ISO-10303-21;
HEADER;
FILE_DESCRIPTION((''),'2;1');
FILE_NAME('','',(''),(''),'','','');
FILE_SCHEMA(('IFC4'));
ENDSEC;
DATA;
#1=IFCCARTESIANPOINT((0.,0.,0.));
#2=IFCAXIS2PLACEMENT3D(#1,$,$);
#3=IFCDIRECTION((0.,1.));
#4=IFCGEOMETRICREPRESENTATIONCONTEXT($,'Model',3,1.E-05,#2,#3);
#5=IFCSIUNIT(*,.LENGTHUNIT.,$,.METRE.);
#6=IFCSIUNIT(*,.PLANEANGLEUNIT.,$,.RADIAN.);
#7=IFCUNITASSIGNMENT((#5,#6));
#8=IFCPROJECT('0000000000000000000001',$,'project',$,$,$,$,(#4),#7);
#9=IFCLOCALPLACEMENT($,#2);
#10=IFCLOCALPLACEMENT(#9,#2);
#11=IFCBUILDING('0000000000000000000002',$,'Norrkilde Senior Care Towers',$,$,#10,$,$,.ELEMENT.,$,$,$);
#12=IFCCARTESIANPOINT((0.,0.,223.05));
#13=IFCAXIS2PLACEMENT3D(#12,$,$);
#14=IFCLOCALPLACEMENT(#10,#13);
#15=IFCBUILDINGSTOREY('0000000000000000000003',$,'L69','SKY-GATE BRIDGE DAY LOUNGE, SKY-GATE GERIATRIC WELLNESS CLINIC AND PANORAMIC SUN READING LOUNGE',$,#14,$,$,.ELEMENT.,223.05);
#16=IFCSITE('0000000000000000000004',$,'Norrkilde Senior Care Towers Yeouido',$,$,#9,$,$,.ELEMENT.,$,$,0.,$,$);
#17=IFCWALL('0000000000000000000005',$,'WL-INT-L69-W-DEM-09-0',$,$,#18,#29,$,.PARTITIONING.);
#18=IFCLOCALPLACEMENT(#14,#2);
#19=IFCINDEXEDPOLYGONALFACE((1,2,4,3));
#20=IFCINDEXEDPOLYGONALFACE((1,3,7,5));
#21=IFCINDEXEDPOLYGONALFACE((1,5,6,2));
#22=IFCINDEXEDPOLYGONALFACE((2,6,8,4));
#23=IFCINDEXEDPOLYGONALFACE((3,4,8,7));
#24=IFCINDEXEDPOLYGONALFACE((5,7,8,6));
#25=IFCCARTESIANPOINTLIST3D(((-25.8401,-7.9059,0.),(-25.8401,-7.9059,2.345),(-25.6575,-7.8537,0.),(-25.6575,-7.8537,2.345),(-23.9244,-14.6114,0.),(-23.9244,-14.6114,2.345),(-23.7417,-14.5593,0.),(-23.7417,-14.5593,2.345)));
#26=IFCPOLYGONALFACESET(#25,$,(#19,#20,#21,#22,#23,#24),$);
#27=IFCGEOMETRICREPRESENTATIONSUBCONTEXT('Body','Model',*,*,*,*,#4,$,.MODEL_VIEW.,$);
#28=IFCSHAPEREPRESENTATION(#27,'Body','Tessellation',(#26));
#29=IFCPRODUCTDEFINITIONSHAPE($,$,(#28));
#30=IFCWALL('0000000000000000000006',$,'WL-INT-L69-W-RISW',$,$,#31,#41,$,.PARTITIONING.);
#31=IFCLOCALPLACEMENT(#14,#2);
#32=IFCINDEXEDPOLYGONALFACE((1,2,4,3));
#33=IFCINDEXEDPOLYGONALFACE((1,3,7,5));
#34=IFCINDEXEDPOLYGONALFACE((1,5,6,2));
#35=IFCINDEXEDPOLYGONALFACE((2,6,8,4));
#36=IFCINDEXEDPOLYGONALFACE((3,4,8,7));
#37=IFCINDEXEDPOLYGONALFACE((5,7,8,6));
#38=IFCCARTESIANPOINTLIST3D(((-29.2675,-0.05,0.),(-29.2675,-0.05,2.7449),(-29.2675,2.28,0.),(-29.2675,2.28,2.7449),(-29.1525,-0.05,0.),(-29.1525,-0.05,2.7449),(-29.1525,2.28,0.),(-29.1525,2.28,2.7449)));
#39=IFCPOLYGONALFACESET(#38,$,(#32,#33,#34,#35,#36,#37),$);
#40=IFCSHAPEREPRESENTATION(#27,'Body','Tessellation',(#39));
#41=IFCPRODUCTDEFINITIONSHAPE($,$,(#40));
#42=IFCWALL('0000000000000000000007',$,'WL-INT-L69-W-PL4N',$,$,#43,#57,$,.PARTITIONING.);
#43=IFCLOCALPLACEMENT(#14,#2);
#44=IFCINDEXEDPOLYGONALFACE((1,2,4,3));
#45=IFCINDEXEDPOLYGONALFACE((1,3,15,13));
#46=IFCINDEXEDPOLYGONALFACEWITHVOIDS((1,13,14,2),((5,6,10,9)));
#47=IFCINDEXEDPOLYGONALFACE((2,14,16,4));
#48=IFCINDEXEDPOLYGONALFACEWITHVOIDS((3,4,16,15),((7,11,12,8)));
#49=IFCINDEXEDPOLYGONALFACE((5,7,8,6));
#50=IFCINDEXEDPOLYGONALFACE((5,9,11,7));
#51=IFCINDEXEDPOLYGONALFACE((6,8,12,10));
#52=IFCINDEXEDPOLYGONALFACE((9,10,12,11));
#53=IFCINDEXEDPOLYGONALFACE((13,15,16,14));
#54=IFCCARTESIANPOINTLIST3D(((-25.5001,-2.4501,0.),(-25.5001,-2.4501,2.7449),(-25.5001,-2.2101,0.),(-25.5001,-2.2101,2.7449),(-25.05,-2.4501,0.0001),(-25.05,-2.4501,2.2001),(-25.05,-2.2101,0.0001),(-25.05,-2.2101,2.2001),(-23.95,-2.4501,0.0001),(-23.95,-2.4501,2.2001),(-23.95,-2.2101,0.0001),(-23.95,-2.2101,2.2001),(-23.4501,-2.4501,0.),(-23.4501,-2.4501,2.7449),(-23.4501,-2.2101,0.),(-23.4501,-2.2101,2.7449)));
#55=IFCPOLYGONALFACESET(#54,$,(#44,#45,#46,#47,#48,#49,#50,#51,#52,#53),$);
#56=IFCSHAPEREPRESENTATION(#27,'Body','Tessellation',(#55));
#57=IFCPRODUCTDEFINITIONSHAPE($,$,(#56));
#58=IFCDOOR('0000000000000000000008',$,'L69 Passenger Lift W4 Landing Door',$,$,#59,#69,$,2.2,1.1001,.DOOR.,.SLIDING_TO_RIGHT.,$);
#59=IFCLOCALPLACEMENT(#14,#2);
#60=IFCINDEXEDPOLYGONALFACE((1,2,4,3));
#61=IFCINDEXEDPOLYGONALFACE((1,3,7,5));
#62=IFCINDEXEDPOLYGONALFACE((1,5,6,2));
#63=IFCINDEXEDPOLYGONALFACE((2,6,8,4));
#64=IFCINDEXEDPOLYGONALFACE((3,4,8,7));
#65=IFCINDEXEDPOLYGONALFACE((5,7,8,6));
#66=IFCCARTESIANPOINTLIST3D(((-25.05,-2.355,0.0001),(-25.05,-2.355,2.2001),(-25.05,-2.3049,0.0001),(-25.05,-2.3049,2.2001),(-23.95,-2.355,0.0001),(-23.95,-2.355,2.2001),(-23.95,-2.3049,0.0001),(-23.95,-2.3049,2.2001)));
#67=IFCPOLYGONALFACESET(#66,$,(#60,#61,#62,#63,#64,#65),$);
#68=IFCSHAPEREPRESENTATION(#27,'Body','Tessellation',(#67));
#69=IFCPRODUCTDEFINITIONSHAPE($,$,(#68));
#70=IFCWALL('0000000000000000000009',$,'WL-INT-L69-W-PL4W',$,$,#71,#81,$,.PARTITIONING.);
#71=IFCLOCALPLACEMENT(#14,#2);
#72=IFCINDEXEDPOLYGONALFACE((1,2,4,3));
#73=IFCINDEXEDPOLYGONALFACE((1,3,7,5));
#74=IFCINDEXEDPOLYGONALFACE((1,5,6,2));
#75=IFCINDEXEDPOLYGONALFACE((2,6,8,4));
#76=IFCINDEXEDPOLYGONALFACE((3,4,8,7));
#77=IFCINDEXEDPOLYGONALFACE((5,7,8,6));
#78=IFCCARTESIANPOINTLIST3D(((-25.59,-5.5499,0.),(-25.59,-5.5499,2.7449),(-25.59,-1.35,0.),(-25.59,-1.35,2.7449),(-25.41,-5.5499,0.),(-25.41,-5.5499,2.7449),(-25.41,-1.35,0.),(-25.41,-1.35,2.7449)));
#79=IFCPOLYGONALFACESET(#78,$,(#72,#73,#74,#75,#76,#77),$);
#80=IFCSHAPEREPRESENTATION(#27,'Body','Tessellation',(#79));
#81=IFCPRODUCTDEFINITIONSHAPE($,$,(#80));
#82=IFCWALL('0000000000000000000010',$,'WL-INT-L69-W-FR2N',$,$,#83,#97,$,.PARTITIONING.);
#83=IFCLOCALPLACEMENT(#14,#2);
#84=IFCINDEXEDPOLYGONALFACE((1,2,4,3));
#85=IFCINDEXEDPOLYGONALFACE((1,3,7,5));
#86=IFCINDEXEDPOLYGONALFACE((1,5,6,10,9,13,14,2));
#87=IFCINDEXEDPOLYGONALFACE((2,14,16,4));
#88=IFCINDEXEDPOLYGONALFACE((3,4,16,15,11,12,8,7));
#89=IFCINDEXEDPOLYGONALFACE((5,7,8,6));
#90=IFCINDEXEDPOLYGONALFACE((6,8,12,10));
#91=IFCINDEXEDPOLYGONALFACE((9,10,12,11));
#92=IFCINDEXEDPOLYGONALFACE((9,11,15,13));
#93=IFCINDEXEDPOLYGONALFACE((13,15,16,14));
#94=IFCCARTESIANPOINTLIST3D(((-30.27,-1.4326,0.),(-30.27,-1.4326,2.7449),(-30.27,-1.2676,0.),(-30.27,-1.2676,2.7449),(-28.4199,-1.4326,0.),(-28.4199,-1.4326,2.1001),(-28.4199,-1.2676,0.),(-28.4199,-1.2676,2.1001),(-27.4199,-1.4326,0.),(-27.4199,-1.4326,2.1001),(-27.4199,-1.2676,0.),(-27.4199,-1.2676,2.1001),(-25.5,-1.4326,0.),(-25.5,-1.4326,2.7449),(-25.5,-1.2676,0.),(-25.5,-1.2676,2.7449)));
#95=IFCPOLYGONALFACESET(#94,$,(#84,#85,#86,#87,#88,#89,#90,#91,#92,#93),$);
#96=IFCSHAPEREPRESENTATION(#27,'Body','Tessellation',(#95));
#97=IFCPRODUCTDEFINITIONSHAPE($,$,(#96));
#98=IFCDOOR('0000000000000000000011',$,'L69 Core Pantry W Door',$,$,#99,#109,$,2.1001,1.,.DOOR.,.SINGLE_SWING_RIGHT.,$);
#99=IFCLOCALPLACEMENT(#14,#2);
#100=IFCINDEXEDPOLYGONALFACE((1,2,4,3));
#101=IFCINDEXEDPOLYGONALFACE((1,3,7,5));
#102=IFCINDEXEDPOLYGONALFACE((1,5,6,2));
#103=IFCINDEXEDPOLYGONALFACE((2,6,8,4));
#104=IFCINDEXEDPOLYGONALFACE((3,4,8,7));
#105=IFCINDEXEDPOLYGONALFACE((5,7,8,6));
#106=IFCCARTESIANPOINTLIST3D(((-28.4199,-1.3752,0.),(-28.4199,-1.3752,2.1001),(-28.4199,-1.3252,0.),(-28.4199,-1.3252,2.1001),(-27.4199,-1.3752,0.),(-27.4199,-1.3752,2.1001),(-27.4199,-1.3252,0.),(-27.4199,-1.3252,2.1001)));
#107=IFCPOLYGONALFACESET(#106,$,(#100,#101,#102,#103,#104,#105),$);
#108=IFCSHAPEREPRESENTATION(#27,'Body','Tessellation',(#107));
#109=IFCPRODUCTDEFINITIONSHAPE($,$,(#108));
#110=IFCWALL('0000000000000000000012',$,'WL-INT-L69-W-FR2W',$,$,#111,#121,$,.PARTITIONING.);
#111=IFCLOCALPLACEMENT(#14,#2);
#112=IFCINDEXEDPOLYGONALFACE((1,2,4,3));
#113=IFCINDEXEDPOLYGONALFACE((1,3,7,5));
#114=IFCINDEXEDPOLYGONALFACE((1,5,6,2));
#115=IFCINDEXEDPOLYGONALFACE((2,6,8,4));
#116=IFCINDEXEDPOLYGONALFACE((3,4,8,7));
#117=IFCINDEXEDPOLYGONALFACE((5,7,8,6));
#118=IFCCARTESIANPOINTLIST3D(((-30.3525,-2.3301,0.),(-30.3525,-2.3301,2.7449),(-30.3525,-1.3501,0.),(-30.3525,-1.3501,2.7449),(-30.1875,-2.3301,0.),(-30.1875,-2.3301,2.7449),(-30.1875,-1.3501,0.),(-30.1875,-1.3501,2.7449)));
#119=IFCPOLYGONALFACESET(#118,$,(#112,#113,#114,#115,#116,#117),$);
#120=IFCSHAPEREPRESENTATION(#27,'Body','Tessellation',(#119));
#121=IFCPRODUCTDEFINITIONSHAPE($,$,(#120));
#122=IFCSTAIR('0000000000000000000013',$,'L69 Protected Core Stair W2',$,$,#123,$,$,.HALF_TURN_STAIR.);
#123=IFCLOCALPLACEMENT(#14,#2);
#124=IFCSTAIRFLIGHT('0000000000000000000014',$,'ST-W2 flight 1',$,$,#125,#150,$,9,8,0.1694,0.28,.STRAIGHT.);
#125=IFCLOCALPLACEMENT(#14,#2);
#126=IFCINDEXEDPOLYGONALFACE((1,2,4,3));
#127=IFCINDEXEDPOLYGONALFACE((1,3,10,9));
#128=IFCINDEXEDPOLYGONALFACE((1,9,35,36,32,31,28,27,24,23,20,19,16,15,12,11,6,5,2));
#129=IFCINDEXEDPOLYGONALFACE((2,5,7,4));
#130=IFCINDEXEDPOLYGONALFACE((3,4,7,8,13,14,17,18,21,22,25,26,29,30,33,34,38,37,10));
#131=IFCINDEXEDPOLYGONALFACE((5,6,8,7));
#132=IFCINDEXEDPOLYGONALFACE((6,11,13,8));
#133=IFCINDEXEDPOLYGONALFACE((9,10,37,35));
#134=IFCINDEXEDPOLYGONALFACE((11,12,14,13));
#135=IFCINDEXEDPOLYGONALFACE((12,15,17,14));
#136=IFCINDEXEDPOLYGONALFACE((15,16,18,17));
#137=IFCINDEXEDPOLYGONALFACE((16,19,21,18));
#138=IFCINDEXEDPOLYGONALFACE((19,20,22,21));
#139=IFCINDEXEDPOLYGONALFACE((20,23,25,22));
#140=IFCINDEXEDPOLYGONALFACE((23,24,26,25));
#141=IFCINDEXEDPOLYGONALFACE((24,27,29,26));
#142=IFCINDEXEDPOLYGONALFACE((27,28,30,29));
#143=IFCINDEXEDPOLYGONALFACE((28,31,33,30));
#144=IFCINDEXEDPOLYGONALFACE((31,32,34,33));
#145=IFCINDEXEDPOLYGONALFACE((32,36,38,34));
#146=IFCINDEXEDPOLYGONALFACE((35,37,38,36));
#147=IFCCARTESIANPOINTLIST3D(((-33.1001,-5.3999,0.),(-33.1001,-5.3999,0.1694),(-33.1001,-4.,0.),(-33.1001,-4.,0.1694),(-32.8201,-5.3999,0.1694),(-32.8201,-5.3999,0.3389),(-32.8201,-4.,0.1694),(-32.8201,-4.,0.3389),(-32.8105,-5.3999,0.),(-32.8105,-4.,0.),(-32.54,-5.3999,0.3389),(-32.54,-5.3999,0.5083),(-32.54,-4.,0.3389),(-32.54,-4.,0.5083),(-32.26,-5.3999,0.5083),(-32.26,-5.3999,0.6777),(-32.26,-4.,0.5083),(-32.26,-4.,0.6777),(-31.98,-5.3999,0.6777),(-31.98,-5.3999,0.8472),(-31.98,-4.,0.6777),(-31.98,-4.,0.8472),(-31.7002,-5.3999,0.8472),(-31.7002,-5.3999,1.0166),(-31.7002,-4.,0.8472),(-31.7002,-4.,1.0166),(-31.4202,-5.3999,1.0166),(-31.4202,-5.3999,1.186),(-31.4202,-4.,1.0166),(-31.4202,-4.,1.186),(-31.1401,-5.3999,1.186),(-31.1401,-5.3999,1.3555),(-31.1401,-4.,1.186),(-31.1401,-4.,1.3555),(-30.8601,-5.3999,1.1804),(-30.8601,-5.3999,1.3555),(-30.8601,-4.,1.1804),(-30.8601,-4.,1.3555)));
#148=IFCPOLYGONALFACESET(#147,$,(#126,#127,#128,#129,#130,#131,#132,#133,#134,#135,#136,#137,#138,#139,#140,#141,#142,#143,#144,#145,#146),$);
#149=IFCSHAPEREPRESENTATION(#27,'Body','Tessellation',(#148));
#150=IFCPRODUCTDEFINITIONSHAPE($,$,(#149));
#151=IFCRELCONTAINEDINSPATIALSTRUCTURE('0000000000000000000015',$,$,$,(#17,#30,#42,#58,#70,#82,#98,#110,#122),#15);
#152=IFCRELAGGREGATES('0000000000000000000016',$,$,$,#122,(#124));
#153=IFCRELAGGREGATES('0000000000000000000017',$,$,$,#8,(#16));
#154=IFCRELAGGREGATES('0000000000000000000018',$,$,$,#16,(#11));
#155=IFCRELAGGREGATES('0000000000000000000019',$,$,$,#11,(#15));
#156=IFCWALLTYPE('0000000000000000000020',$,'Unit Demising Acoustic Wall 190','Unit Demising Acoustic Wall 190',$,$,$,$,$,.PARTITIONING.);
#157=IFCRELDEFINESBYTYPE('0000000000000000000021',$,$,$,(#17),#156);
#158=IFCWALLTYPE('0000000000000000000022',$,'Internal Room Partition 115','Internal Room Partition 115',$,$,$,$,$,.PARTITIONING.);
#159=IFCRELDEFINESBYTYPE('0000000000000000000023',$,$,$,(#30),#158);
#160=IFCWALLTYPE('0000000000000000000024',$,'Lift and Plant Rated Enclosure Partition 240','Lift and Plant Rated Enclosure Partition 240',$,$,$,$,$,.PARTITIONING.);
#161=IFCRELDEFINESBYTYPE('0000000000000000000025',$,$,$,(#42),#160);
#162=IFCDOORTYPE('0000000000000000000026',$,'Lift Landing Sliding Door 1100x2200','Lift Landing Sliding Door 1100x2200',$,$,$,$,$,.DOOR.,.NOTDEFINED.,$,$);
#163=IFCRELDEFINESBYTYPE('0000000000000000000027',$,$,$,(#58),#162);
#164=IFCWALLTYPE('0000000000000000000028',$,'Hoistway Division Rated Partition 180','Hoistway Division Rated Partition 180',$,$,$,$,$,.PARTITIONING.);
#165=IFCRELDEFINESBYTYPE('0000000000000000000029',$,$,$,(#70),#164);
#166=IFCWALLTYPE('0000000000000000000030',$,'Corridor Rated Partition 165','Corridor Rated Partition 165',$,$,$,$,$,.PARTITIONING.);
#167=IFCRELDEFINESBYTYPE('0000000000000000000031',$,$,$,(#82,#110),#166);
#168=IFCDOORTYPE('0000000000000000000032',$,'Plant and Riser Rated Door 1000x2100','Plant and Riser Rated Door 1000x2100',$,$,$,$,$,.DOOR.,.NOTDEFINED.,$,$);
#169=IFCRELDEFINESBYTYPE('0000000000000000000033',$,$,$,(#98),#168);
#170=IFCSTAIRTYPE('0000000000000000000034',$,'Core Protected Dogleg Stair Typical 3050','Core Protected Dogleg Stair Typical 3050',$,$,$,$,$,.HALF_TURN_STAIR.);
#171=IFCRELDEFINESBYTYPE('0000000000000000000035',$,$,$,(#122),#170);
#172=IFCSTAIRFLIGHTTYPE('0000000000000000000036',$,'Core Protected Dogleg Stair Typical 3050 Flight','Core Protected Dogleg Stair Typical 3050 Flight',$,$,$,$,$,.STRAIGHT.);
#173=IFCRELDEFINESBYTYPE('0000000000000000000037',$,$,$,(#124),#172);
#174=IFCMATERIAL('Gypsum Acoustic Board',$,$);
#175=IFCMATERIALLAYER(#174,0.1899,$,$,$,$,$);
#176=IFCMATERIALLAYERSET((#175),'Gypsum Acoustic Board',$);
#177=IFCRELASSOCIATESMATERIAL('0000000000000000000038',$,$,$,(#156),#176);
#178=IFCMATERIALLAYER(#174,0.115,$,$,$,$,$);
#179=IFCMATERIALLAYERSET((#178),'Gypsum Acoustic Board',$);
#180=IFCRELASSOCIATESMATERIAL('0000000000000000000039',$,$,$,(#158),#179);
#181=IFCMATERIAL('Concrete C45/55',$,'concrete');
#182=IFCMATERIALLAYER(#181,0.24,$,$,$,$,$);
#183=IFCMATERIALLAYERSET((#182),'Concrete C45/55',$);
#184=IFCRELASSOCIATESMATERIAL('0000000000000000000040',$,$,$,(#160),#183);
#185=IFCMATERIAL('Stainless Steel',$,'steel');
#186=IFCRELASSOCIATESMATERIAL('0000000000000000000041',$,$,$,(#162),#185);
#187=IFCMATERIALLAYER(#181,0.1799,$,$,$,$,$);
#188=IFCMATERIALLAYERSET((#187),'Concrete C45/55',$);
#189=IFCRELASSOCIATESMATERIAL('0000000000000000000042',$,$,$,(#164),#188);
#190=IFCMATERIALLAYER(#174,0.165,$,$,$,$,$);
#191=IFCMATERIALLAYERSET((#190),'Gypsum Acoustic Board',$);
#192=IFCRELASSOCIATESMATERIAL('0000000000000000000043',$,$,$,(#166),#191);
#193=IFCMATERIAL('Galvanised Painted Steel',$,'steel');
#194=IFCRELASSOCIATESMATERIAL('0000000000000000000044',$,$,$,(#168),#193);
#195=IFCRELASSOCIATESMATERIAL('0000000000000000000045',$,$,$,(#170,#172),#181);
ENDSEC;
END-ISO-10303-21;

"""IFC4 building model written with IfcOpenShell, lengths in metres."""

from ifc_helpers import new_model, si_unit, direction, frame, frame_2d, origin, place, context, subcontext, project, spatial, polyline, rectangle, outline, extrude, source, transform, mapped, material, layer, layer_set, type_object, type_shapes, element, fill, aggregate, save


model = new_model("IFC4")

# Units and contexts
model_context = context("Model", 3, precision=1e-05, world=origin(), true_north=direction((0.0, 1.0)))
body_context = subcontext(model_context, "Body", "Model", "MODEL_VIEW")
ifc_project = project(units=[si_unit("LENGTHUNIT", "METRE"), si_unit("PLANEANGLEUNIT", "RADIAN")], contexts=[model_context])

# Site, building, storey
site_placement = place(None, origin())
site = spatial("IfcSite", under=ifc_project, at=site_placement, Name="Norrkilde Senior Care Towers Yeouido", CompositionType="ELEMENT", RefElevation=0.0)
building_placement = place(site_placement, origin())
building = spatial("IfcBuilding", under=site, at=building_placement, Name="Norrkilde Senior Care Towers", CompositionType="ELEMENT")
storey_placement = place(building_placement, frame((0.0, 0.0, 223.05)))
storey = spatial("IfcBuildingStorey", under=building, at=storey_placement, Name="L69", Description="SKY-GATE BRIDGE DAY LOUNGE, SKY-GATE GERIATRIC WELLNESS CLINIC AND PANORAMIC SUN READING LOUNGE", CompositionType="ELEMENT", Elevation=223.05)

# Walls
ifc_material_1 = material(Name="Concrete C45/55", Category="concrete")
ifc_material_2 = material(Name="Gypsum Acoustic Board")
ifc_layer_1 = layer(ifc_material_2, 0.1899)
ifc_layer_set_1 = layer_set([ifc_layer_1], Name="Gypsum Acoustic Board")
wall_type_1 = type_object("IfcWallType", Name="Unit Demising Acoustic Wall 190", Description="Unit Demising Acoustic Wall 190", PredefinedType="PARTITIONING", material=ifc_layer_set_1)
shared_shape_1 = source(origin(), body_context, "Body", "SweptSolid", [
    extrude(rectangle(XDim=6.9739, YDim=0.1899, at=frame_2d((3.4868, 0.0))), origin(), (0.0, 0.0, 1.0), 2.345),
])
type_shapes(wall_type_1, [shared_shape_1])
for number, where, z_axis, x_axis, name in (
    (1, (-25.7488, -7.8799, 0.0), (0.0, 0.0, 1.0), (0.274707, -0.961528, 0.0), "WL-INT-L69-W-DEM-09-0"),
):
    element("IfcWall", number, at=place(storey_placement, frame(where, z_axis=z_axis, x_axis=x_axis)), inside=storey, type_object=wall_type_1, Name=name, PredefinedType="PARTITIONING", context=body_context, shape_type="MappedRepresentation", body=[
        mapped(shared_shape_1, transform((0.0, 0.0, 0.0), x_axis=(1.0, 0.0, 0.0), y_axis=(0.0, 1.0, 0.0), z_axis=(0.0, 0.0, 1.0), scale=1.0)),
    ])
ifc_layer_2 = layer(ifc_material_2, 0.115)
ifc_layer_set_2 = layer_set([ifc_layer_2], Name="Gypsum Acoustic Board")
wall_type_2 = type_object("IfcWallType", Name="Internal Room Partition 115", Description="Internal Room Partition 115", PredefinedType="PARTITIONING", material=ifc_layer_set_2)
shared_shape_2 = source(origin(), body_context, "Body", "SweptSolid", [
    extrude(rectangle(XDim=2.3301, YDim=0.115, at=frame_2d((1.165, 0.0))), origin(), (0.0, 0.0, 1.0), 2.7449),
])
type_shapes(wall_type_2, [shared_shape_2])
wall_1_placement = place(storey_placement, frame((-29.21, -0.05, 0.0), z_axis=(0.0, 0.0, 1.0), x_axis=(0.0, 1.0, 0.0)))
element("IfcWall", 2, at=wall_1_placement, inside=storey, type_object=wall_type_2, Name="WL-INT-L69-W-RISW", PredefinedType="PARTITIONING", context=body_context, shape_type="MappedRepresentation", body=[
    mapped(shared_shape_2, transform((0.0, 0.0, 0.0), x_axis=(1.0, 0.0, 0.0), y_axis=(0.0, 1.0, 0.0), z_axis=(0.0, 0.0, 1.0), scale=1.0)),
])

# Wall, opening, door
ifc_layer_3 = layer(ifc_material_1, 0.24)
ifc_layer_set_3 = layer_set([ifc_layer_3], Name="Concrete C45/55")
wall_type_3 = type_object("IfcWallType", Name="Lift and Plant Rated Enclosure Partition 240", Description="Lift and Plant Rated Enclosure Partition 240", PredefinedType="PARTITIONING", material=ifc_layer_set_3)
shared_shape_3 = source(origin(), body_context, "Body", "SweptSolid", [
    extrude(rectangle(XDim=2.05, YDim=0.24, at=frame_2d((1.0249, 0.0))), origin(), (0.0, 0.0, 1.0), 2.7449),
])
type_shapes(wall_type_3, [shared_shape_3])
wall_2_placement = place(storey_placement, frame((-25.5, -2.3301, 0.0), z_axis=(0.0, 0.0, 1.0), x_axis=(1.0, 0.0, 0.0)))
wall_2 = element("IfcWall", 3, at=wall_2_placement, inside=storey, type_object=wall_type_3, Name="WL-INT-L69-W-PL4N", PredefinedType="PARTITIONING", context=body_context, shape_type="MappedRepresentation", body=[
    mapped(shared_shape_3, transform((0.0, 0.0, 0.0), x_axis=(1.0, 0.0, 0.0), y_axis=(0.0, 1.0, 0.0), z_axis=(0.0, 0.0, 1.0), scale=1.0)),
])
opening_1_placement = place(wall_2_placement, frame((0.45, 0.0, 0.0)))
opening_1 = element("IfcOpeningElement", 4, at=opening_1_placement, cuts=wall_2, PredefinedType="OPENING", context=body_context, shape_type="SweptSolid", body=[
    extrude(rectangle(XDim=1.1001, YDim=2.2, at=frame_2d((0.55, 1.1001))), frame((0.0, 0.1299, 0.0), z_axis=(0.0, -1.0, 0.0), x_axis=(1.0, 0.0, 0.0)), (0.0, 0.0, 1.0), 0.26),
])
ifc_material_3 = material(Name="Stainless Steel", Category="steel")
door_type_1 = type_object("IfcDoorType", Name="Lift Landing Sliding Door 1100x2200", Description="Lift Landing Sliding Door 1100x2200", OperationType="NOTDEFINED", PredefinedType="DOOR", material=ifc_material_3)
shared_shape_4 = source(origin(), body_context, "Body", "SweptSolid", [
    extrude(rectangle(XDim=1.1001, YDim=2.2, at=frame_2d((0.55, 1.1001))), frame((0.0, 0.0249, 0.0), z_axis=(0.0, -1.0, 0.0), x_axis=(1.0, 0.0, 0.0)), (0.0, 0.0, 1.0), 0.05),
])
type_shapes(door_type_1, [shared_shape_4])
door_1_placement = place(opening_1_placement, frame((1.1001, 0.0, 0.0), z_axis=(0.0, 0.0, 1.0), x_axis=(-1.0, 0.0, 0.0)))
door_1 = element("IfcDoor", 5, at=door_1_placement, inside=storey, type_object=door_type_1, Name="L69 Passenger Lift W4 Landing Door", OperationType="SLIDING_TO_RIGHT", OverallHeight=2.2, OverallWidth=1.1001, PredefinedType="DOOR", context=body_context, shape_type="MappedRepresentation", body=[
    mapped(shared_shape_4, transform((0.0, 0.0, 0.0), x_axis=(1.0, 0.0, 0.0), y_axis=(0.0, 1.0, 0.0), z_axis=(0.0, 0.0, 1.0), scale=1.0)),
])
fill(opening_1, door_1)

# Wall
ifc_layer_4 = layer(ifc_material_1, 0.1799)
ifc_layer_set_4 = layer_set([ifc_layer_4], Name="Concrete C45/55")
wall_type_4 = type_object("IfcWallType", Name="Hoistway Division Rated Partition 180", Description="Hoistway Division Rated Partition 180", PredefinedType="PARTITIONING", material=ifc_layer_set_4)
shared_shape_5 = source(origin(), body_context, "Body", "SweptSolid", [
    extrude(rectangle(XDim=4.2, YDim=0.1799, at=frame_2d((2.1001, 0.0))), origin(), (0.0, 0.0, 1.0), 2.7449),
])
type_shapes(wall_type_4, [shared_shape_5])
wall_3_placement = place(storey_placement, frame((-25.5, -5.55, 0.0), z_axis=(0.0, 0.0, 1.0), x_axis=(0.0, 1.0, 0.0)))
element("IfcWall", 6, at=wall_3_placement, inside=storey, type_object=wall_type_4, Name="WL-INT-L69-W-PL4W", PredefinedType="PARTITIONING", context=body_context, shape_type="MappedRepresentation", body=[
    mapped(shared_shape_5, transform((0.0, 0.0, 0.0), x_axis=(1.0, 0.0, 0.0), y_axis=(0.0, 1.0, 0.0), z_axis=(0.0, 0.0, 1.0), scale=1.0)),
])

# Wall, opening, door
ifc_layer_5 = layer(ifc_material_2, 0.165)
ifc_layer_set_5 = layer_set([ifc_layer_5], Name="Gypsum Acoustic Board")
wall_type_5 = type_object("IfcWallType", Name="Corridor Rated Partition 165", Description="Corridor Rated Partition 165", PredefinedType="PARTITIONING", material=ifc_layer_set_5)
shared_shape_6 = source(origin(), body_context, "Body", "SweptSolid", [
    extrude(rectangle(XDim=4.77, YDim=0.165, at=frame_2d((2.385, 0.0))), origin(), (0.0, 0.0, 1.0), 2.7449),
])
wall_4_placement = place(storey_placement, frame((-30.27, -1.3501, 0.0), z_axis=(0.0, 0.0, 1.0), x_axis=(1.0, 0.0, 0.0)))
wall_4 = element("IfcWall", 7, at=wall_4_placement, inside=storey, type_object=wall_type_5, Name="WL-INT-L69-W-FR2N", PredefinedType="PARTITIONING", context=body_context, shape_type="MappedRepresentation", body=[
    mapped(shared_shape_6, transform((0.0, 0.0, 0.0), x_axis=(1.0, 0.0, 0.0), y_axis=(0.0, 1.0, 0.0), z_axis=(0.0, 0.0, 1.0), scale=1.0)),
])
opening_2_placement = place(wall_4_placement, frame((1.8501, 0.0, 0.0)))
opening_2 = element("IfcOpeningElement", 8, at=opening_2_placement, cuts=wall_4, PredefinedType="OPENING", context=body_context, shape_type="SweptSolid", body=[
    extrude(rectangle(XDim=1.0, YDim=2.1001, at=frame_2d((0.5, 1.05))), frame((0.0, 0.0925, 0.0), z_axis=(0.0, -1.0, 0.0), x_axis=(1.0, 0.0, 0.0)), (0.0, 0.0, 1.0), 0.1851),
])
ifc_material_4 = material(Name="Galvanised Painted Steel", Category="steel")
door_type_2 = type_object("IfcDoorType", Name="Plant and Riser Rated Door 1000x2100", Description="Plant and Riser Rated Door 1000x2100", OperationType="NOTDEFINED", PredefinedType="DOOR", material=ifc_material_4)
shared_shape_7 = source(origin(), body_context, "Body", "SweptSolid", [
    extrude(rectangle(XDim=1.0, YDim=2.1001, at=frame_2d((0.5, 1.05))), frame((0.0, 0.0249, 0.0), z_axis=(0.0, -1.0, 0.0), x_axis=(1.0, 0.0, 0.0)), (0.0, 0.0, 1.0), 0.05),
])
type_shapes(door_type_2, [shared_shape_7])
door_2_placement = place(opening_2_placement, origin())
door_2 = element("IfcDoor", 9, at=door_2_placement, inside=storey, type_object=door_type_2, Name="L69 Core Pantry W Door", OperationType="SINGLE_SWING_RIGHT", OverallHeight=2.1001, OverallWidth=1.0, PredefinedType="DOOR", context=body_context, shape_type="MappedRepresentation", body=[
    mapped(shared_shape_7, transform((0.0, 0.0, 0.0), x_axis=(1.0, 0.0, 0.0), y_axis=(0.0, 1.0, 0.0), z_axis=(0.0, 0.0, 1.0), scale=1.0)),
])
fill(opening_2, door_2)

# Wall
shared_shape_8 = source(origin(), body_context, "Body", "SweptSolid", [
    extrude(rectangle(XDim=0.98, YDim=0.165, at=frame_2d((0.49, 0.0))), origin(), (0.0, 0.0, 1.0), 2.7449),
])
type_shapes(wall_type_5, [shared_shape_6, shared_shape_8])
wall_5_placement = place(storey_placement, frame((-30.27, -2.3301, 0.0), z_axis=(0.0, 0.0, 1.0), x_axis=(0.0, 1.0, 0.0)))
element("IfcWall", 10, at=wall_5_placement, inside=storey, type_object=wall_type_5, Name="WL-INT-L69-W-FR2W", PredefinedType="PARTITIONING", context=body_context, shape_type="MappedRepresentation", body=[
    mapped(shared_shape_8, transform((0.0, 0.0, 0.0), x_axis=(1.0, 0.0, 0.0), y_axis=(0.0, 1.0, 0.0), z_axis=(0.0, 0.0, 1.0), scale=1.0)),
])

# Stair, stair flight
stair_type = type_object("IfcStairType", Name="Core Protected Dogleg Stair Typical 3050", Description="Core Protected Dogleg Stair Typical 3050", PredefinedType="HALF_TURN_STAIR", material=ifc_material_1)
stair_placement = place(storey_placement, origin())
stair = element("IfcStair", 11, at=stair_placement, inside=storey, type_object=stair_type, Name="L69 Protected Core Stair W2", PredefinedType="HALF_TURN_STAIR")
stair_flight_type = type_object("IfcStairFlightType", Name="Core Protected Dogleg Stair Typical 3050 Flight", Description="Core Protected Dogleg Stair Typical 3050 Flight", PredefinedType="STRAIGHT", material=ifc_material_1)
stair_flight_1_placement = place(storey_placement, frame((-33.1001, -4.7, 0.0), z_axis=(0.0, 0.0, 1.0), x_axis=(1.0, 0.0, 0.0)))
stair_flight_1 = element("IfcStairFlight", 12, at=stair_flight_1_placement, type_object=stair_flight_type, Name="ST-W2 flight 1", NumberOfRisers=9, NumberOfTreads=8, PredefinedType="STRAIGHT", RiserHeight=0.1694, TreadLength=0.28, context=body_context, shape_type="SweptSolid", body=[
    extrude(outline(polyline([(0.0, 0.0), (0.0, 0.1694), (0.28, 0.1694), (0.28, 0.3389), (0.5601, 0.3389), (0.5601, 0.5083), (0.8401, 0.5083), (0.8401, 0.6777), (1.1201, 0.6777), (1.1201, 0.8472), (1.3999, 0.8472), (1.3999, 1.0166), (1.6799, 1.0166), (1.6799, 1.186), (1.96, 1.186), (1.96, 1.3555), (2.24, 1.3555), (2.24, 1.5249), (2.24, 1.1804), (0.2896, 0.0), (0.0, 0.0)])), frame((0.0, 0.7, 0.0), z_axis=(0.0, -1.0, 0.0), x_axis=(1.0, 0.0, 0.0)), (0.0, 0.0, 1.0), 1.3999),
])
aggregate(stair, [stair_flight_1])

save(model, "model.ifc")
